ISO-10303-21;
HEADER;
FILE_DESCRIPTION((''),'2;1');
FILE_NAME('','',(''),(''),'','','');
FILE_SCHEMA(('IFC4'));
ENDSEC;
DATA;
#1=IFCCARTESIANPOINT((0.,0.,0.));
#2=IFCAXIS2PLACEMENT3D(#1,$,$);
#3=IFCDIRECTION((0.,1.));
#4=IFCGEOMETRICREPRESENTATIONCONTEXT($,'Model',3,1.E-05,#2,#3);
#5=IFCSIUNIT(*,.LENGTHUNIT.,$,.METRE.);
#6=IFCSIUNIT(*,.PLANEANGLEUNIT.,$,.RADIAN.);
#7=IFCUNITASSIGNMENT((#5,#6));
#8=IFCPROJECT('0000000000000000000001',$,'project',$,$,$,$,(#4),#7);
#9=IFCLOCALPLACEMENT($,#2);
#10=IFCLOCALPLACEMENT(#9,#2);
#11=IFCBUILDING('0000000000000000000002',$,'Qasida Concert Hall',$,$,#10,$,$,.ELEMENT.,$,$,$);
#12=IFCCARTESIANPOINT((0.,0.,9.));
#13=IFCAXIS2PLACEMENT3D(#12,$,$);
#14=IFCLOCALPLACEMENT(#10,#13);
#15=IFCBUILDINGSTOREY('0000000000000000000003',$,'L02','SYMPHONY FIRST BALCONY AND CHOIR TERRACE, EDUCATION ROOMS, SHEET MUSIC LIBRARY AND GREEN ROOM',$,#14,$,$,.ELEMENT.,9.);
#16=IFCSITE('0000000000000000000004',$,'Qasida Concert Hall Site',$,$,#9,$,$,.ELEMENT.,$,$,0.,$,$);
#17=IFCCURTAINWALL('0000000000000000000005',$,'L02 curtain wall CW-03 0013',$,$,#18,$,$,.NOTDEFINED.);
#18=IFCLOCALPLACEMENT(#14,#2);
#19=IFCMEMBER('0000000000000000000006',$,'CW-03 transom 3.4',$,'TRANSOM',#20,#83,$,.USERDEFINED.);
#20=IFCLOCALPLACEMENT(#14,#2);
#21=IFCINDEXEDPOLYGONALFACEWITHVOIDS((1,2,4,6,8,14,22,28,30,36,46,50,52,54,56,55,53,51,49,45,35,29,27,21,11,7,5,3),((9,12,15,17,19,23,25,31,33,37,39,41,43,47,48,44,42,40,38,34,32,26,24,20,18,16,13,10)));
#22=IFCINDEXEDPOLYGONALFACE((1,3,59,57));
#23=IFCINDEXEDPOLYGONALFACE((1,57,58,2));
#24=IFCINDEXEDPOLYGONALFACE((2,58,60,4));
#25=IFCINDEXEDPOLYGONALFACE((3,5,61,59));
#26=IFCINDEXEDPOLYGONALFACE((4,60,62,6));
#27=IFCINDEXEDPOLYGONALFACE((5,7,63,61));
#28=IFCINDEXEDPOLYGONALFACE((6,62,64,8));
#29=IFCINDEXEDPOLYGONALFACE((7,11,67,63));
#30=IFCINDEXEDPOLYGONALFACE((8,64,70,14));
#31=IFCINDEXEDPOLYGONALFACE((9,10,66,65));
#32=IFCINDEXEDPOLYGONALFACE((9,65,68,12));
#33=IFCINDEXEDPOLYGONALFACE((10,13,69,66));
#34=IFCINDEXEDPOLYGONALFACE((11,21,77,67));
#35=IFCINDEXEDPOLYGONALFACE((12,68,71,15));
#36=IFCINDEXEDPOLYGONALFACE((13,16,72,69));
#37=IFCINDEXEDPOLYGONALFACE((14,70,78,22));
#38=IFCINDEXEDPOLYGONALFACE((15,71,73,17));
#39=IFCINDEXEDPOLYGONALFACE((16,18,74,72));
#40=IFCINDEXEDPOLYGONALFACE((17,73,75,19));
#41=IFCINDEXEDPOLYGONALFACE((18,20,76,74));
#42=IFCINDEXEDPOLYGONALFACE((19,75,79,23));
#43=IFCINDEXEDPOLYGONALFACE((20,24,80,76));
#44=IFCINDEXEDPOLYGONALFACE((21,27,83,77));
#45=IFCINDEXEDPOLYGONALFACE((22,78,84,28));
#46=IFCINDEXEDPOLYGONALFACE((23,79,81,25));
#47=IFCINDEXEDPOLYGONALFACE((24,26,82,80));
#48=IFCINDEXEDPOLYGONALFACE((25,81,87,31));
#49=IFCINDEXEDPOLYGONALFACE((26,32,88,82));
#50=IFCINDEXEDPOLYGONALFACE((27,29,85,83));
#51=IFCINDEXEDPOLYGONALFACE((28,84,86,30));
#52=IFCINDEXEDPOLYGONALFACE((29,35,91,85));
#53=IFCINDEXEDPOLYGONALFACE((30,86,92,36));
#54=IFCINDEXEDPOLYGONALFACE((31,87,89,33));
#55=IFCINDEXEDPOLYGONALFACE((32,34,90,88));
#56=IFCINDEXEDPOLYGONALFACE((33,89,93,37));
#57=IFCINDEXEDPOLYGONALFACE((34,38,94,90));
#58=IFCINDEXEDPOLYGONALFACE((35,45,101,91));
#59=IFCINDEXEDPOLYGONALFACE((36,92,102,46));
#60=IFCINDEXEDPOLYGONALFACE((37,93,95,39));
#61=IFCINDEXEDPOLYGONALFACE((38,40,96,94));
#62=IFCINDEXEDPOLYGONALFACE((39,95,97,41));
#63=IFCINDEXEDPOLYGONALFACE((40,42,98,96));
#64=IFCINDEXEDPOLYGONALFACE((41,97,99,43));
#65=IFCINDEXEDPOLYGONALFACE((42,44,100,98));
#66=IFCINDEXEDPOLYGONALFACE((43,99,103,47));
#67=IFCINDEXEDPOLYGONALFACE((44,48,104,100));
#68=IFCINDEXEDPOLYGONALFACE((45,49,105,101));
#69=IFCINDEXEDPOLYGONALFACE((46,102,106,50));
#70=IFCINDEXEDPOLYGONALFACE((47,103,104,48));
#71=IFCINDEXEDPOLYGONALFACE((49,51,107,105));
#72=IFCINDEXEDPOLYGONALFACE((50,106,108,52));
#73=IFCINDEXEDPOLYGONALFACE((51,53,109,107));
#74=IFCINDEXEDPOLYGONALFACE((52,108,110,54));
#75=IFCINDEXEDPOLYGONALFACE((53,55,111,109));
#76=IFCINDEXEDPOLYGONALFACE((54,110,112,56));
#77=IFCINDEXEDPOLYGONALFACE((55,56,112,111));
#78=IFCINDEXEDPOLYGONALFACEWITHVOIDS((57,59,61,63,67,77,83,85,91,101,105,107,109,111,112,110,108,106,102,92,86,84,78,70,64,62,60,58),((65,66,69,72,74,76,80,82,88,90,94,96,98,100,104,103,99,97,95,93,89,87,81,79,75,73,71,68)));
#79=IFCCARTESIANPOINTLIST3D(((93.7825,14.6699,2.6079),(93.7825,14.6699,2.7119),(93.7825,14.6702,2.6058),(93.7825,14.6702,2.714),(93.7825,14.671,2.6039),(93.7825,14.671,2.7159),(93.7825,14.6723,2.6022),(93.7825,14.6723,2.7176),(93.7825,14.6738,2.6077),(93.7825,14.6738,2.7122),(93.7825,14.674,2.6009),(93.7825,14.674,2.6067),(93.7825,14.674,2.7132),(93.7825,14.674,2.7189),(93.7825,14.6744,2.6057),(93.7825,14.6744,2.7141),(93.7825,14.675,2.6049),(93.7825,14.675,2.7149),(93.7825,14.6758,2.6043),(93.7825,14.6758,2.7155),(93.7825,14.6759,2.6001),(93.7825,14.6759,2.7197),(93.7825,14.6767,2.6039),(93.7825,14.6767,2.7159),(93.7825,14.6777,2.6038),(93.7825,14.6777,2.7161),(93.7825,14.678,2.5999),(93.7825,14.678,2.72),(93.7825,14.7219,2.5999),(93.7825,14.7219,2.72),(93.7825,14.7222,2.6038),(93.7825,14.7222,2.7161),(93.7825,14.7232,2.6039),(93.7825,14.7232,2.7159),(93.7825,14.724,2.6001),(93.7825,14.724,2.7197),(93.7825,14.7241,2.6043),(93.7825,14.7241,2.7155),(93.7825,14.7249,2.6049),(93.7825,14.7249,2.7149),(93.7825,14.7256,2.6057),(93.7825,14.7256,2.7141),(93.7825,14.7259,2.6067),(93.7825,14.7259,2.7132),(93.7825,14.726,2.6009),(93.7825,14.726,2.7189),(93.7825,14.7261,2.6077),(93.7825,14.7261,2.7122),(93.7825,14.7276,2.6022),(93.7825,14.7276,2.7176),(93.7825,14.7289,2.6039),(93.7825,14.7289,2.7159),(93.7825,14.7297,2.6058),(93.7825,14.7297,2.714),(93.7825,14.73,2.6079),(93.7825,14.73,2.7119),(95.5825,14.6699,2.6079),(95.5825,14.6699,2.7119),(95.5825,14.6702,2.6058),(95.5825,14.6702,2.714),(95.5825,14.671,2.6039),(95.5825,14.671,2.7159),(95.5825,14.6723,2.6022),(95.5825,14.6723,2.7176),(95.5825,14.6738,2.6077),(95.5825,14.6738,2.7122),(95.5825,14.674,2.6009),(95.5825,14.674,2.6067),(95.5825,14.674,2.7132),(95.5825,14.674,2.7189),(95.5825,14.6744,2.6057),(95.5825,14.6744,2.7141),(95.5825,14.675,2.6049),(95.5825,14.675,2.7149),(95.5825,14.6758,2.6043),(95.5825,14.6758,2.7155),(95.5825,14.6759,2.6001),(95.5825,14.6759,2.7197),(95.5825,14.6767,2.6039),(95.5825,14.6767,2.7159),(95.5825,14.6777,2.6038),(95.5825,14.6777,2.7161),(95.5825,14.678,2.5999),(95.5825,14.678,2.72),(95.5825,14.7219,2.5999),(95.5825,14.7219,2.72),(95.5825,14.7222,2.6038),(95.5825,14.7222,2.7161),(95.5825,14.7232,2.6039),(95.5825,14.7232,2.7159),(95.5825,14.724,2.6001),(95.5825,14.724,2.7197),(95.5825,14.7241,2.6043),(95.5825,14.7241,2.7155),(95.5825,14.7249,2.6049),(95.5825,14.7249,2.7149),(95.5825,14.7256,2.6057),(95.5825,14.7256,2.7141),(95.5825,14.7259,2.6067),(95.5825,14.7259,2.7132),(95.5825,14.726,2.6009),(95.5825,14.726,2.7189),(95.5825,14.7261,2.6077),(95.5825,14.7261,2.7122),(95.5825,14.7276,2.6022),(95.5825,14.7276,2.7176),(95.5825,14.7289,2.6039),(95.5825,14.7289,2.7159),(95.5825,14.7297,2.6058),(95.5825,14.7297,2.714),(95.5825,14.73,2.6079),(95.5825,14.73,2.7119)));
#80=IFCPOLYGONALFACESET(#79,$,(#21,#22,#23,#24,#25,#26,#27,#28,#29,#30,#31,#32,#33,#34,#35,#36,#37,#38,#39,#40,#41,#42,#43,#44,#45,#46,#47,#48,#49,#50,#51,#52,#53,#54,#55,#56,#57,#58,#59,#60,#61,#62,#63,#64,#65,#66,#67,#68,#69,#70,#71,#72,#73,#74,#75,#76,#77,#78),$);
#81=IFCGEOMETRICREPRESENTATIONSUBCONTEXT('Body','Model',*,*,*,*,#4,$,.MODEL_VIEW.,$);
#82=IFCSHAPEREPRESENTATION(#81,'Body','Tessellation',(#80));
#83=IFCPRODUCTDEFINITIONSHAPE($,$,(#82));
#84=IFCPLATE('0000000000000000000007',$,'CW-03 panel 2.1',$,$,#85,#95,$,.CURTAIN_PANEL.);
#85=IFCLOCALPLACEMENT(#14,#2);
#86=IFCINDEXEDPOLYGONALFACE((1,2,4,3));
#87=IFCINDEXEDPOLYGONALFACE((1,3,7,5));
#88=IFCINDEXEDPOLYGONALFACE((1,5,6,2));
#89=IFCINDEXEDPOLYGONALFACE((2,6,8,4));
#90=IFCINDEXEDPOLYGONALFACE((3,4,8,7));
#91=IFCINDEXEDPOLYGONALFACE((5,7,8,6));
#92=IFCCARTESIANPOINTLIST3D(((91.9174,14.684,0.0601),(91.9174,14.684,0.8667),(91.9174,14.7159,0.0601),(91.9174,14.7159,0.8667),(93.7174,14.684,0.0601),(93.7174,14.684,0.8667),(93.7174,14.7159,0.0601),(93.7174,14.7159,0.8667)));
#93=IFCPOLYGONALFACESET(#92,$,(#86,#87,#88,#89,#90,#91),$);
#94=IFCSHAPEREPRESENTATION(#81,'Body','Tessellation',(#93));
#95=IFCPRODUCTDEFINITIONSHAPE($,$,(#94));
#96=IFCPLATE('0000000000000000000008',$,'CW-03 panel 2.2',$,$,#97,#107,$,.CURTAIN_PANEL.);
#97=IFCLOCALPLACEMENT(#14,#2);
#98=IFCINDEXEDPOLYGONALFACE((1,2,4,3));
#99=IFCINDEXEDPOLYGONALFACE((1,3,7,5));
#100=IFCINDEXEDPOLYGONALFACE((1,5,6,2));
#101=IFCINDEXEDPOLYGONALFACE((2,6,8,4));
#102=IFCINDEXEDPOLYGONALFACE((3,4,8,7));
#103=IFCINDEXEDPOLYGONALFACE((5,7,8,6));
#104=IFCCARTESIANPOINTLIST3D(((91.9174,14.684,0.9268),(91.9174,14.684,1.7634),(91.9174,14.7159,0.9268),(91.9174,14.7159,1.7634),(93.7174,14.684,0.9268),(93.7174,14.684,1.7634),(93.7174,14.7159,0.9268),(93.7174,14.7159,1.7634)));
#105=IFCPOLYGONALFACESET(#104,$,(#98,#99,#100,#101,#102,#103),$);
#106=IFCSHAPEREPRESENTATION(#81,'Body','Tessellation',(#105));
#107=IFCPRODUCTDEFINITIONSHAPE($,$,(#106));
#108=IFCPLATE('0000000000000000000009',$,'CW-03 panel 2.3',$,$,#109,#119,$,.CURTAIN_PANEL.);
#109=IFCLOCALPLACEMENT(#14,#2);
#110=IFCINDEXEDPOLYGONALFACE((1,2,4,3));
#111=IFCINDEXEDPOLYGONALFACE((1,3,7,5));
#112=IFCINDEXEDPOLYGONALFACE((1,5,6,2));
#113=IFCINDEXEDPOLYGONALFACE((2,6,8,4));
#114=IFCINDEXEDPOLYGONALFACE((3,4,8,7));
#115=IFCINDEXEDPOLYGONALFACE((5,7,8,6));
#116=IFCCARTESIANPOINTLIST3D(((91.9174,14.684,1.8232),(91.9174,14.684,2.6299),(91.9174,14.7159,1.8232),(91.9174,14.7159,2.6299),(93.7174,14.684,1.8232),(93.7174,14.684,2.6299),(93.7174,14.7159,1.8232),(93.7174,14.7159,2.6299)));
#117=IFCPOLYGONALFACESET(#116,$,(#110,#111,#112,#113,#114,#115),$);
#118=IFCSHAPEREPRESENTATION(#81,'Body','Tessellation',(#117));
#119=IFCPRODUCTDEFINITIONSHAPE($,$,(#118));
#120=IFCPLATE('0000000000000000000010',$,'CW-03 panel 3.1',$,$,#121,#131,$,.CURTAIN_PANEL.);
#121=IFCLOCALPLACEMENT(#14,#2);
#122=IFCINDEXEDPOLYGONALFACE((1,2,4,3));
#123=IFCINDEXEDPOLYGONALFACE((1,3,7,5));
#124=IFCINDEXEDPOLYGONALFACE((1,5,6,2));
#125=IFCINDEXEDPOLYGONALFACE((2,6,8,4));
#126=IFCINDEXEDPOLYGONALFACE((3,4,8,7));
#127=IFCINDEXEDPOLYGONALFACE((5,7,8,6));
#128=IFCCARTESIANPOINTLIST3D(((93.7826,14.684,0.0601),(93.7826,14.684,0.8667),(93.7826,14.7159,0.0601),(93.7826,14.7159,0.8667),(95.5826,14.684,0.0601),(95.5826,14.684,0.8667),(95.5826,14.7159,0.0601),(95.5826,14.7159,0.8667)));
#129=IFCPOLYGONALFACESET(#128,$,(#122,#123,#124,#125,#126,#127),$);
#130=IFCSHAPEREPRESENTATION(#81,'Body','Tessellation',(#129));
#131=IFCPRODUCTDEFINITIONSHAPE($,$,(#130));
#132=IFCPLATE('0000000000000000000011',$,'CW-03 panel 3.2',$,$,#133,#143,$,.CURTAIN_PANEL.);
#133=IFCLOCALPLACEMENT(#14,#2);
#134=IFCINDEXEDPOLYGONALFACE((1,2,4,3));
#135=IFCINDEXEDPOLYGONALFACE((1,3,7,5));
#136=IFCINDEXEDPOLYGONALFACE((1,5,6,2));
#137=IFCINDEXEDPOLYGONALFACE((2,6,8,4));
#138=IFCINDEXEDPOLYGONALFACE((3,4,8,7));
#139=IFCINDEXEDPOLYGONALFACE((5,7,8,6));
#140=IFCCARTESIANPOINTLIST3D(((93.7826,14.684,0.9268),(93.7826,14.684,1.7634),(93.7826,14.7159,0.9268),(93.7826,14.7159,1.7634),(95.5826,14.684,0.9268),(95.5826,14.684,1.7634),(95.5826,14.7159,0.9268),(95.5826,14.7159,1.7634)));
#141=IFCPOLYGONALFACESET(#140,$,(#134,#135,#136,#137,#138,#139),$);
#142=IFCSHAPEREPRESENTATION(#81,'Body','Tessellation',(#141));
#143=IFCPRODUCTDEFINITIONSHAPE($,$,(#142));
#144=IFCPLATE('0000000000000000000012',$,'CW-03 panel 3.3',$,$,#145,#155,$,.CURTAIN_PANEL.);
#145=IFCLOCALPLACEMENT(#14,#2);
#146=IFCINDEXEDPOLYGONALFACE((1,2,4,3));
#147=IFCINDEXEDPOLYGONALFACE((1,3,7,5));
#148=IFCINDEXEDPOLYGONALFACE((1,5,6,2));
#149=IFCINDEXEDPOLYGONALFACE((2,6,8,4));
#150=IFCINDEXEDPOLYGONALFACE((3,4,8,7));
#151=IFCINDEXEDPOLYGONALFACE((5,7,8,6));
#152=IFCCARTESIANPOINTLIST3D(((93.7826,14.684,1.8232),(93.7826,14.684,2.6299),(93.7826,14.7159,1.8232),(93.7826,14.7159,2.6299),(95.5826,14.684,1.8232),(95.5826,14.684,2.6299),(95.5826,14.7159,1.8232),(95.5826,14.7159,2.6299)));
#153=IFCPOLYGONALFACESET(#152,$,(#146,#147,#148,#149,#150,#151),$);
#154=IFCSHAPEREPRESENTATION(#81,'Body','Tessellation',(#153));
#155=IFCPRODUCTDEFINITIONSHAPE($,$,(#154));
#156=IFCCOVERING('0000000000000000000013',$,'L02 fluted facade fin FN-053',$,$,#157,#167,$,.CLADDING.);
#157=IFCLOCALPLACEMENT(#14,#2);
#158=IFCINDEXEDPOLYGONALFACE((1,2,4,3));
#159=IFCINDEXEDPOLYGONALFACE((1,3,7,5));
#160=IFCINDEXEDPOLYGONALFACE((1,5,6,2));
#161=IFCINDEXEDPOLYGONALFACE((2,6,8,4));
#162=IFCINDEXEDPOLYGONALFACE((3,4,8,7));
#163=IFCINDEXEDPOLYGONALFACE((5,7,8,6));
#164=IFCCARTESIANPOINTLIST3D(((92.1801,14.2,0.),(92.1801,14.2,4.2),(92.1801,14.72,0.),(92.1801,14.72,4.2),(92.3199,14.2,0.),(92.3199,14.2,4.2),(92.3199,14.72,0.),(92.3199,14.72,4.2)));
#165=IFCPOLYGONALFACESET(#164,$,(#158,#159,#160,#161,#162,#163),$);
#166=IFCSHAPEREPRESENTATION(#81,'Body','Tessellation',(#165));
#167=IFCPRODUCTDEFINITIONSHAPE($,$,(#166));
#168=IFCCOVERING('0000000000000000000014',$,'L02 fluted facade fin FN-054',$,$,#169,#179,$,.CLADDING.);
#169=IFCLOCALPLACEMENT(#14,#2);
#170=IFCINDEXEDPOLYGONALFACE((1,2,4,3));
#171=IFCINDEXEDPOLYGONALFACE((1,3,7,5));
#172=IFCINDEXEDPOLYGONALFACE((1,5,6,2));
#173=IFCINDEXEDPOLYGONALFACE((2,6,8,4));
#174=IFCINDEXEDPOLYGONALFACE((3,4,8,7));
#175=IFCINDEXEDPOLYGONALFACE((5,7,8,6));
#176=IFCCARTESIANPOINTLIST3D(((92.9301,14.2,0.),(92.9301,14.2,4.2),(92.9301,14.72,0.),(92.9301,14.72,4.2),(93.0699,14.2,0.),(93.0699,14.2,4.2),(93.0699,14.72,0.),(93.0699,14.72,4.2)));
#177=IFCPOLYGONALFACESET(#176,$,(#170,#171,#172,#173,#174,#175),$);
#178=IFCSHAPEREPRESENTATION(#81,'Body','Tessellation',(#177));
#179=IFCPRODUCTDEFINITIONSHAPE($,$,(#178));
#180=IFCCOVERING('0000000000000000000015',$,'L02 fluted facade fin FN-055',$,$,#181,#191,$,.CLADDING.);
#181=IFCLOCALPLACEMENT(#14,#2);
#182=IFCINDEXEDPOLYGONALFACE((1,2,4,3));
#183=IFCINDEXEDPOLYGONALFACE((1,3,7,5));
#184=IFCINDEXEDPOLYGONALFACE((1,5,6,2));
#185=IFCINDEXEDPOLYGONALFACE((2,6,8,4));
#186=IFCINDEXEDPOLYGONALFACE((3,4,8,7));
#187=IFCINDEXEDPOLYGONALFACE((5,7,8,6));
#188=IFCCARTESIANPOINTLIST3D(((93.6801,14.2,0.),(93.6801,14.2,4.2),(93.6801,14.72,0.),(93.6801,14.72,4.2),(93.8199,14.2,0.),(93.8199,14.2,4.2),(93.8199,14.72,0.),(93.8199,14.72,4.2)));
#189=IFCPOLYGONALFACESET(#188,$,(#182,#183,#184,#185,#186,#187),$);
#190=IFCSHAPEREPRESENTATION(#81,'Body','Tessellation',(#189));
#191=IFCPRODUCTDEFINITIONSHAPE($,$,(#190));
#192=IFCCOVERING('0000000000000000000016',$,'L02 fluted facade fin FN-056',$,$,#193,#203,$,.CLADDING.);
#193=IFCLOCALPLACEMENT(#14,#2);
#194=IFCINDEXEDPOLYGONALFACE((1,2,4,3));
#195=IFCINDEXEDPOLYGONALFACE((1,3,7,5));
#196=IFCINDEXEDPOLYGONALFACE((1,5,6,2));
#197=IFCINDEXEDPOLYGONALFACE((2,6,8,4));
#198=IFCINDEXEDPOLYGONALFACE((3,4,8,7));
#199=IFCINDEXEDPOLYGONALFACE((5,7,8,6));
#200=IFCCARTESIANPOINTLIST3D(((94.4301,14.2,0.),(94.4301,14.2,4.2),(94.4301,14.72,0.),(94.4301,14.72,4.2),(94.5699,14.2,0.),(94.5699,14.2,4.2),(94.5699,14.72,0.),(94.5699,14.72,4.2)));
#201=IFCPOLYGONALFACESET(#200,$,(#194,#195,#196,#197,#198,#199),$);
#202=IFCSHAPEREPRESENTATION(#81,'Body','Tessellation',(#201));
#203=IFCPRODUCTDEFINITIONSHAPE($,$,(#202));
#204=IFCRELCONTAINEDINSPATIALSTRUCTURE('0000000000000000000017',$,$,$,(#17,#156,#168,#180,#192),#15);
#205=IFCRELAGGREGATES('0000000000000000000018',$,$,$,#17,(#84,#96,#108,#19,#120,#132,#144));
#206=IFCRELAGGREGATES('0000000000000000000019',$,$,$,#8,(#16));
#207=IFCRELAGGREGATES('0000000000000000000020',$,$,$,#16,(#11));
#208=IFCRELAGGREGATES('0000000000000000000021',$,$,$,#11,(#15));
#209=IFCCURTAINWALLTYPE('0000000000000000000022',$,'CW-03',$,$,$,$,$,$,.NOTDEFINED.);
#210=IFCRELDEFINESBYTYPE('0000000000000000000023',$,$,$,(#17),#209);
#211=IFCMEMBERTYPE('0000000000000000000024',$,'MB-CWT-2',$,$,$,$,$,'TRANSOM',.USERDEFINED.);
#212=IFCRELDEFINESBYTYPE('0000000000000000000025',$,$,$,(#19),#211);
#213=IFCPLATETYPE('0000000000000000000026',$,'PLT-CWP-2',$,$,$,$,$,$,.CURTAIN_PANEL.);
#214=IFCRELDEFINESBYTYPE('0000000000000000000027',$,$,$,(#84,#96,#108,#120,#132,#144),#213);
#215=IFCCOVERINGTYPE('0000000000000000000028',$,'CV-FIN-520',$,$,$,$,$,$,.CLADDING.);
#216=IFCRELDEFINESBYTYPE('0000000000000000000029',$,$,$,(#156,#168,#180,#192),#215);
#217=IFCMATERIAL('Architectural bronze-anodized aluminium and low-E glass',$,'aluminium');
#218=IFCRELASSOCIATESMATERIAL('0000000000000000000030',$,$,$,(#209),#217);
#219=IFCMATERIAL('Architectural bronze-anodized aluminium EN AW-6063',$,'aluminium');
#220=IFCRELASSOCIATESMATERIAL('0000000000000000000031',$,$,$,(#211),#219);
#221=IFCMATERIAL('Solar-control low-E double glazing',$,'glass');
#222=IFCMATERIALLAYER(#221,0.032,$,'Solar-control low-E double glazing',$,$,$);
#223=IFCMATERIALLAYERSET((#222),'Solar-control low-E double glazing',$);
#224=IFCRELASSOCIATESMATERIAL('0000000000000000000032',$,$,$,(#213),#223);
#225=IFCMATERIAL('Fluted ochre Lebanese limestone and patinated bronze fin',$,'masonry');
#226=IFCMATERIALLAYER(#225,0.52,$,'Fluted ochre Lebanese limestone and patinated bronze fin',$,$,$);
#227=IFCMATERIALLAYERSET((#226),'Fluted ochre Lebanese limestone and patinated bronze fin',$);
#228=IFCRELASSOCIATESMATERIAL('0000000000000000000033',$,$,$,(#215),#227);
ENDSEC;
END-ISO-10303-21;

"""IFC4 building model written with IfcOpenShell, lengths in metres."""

from ifc_helpers import new_model, si_unit, direction, frame, origin, origin_2d, place, context, subcontext, project, spatial, rectangle, hollow_rectangle, extrude, material, layer, layer_set, material_profile, profile_set, type_object, element, aggregate, save


model = new_model("IFC4")

# Units and contexts
model_context = context("Model", 3, precision=1e-05, world=origin(), true_north=direction((0.0, 1.0)))
body_context = subcontext(model_context, "Body", "Model", "MODEL_VIEW")
ifc_project = project(units=[si_unit("LENGTHUNIT", "METRE"), si_unit("PLANEANGLEUNIT", "RADIAN")], contexts=[model_context])

# Site, building, storey
site_placement = place(None, origin())
site = spatial("IfcSite", under=ifc_project, at=site_placement, Name="Qasida Concert Hall Site", CompositionType="ELEMENT", RefElevation=0.0)
building_placement = place(site_placement, origin())
building = spatial("IfcBuilding", under=site, at=building_placement, Name="Qasida Concert Hall", CompositionType="ELEMENT")
storey_placement = place(building_placement, frame((0.0, 0.0, 9.0)))
storey = spatial("IfcBuildingStorey", under=building, at=storey_placement, Name="L02", Description="SYMPHONY FIRST BALCONY AND CHOIR TERRACE, EDUCATION ROOMS, SHEET MUSIC LIBRARY AND GREEN ROOM", CompositionType="ELEMENT", Elevation=9.0)

# Curtain wall, member, plates
ifc_material_1 = material(Name="Architectural bronze-anodized aluminium and low-E glass", Category="aluminium")
curtain_wall_type = type_object("IfcCurtainWallType", Name="CW-03", PredefinedType="NOTDEFINED", material=ifc_material_1)
curtain_wall_placement = place(storey_placement, origin())
curtain_wall = element("IfcCurtainWall", 1, at=curtain_wall_placement, inside=storey, type_object=curtain_wall_type, Name="L02 curtain wall CW-03 0013", PredefinedType="NOTDEFINED")
ifc_material_2 = material(Name="Architectural bronze-anodized aluminium EN AW-6063", Category="aluminium")
ifc_material_profile_1 = material_profile(ifc_material_2, hollow_rectangle(XDim=0.0601, YDim=0.1201, WallThickness=0.0039, InnerFilletRadius=0.0039, OuterFilletRadius=0.0081, at=origin_2d()), Name="CWT 120x60x4")
ifc_profile_set_1 = profile_set([ifc_material_profile_1], Name="Architectural bronze-anodized aluminium EN AW-6063")
member_type_1 = type_object("IfcMemberType", Name="MB-CWT-2", ElementType="TRANSOM", PredefinedType="USERDEFINED", material=ifc_profile_set_1)
member_1_placement = place(storey_placement, frame((93.7825, 14.7, 2.6599), z_axis=(1.0, 0.0, 0.0), x_axis=(0.0, 1.0, 0.0)))
member_1 = element("IfcMember", 2, at=member_1_placement, type_object=member_type_1, Name="CW-03 transom 3.4", ObjectType="TRANSOM", PredefinedType="USERDEFINED", context=body_context, shape_type="SweptSolid", body=[
    extrude(hollow_rectangle(XDim=0.0601, YDim=0.1201, WallThickness=0.0039, InnerFilletRadius=0.0039, OuterFilletRadius=0.0081, at=origin_2d()), origin(), (0.0, 0.0, 1.0), 1.8),
])
ifc_material_3 = material(Name="Solar-control low-E double glazing", Category="glass")
ifc_layer_1 = layer(ifc_material_3, 0.032, Name="Solar-control low-E double glazing")
ifc_layer_set_1 = layer_set([ifc_layer_1], Name="Solar-control low-E double glazing")
plate_type = type_object("IfcPlateType", Name="PLT-CWP-2", PredefinedType="CURTAIN_PANEL", material=ifc_layer_set_1)
plate_1_placement = place(storey_placement, frame((92.8174, 14.7, 0.0601), z_axis=(0.0, 0.0, 1.0), x_axis=(1.0, 0.0, 0.0)))
plate_1 = element("IfcPlate", 3, at=plate_1_placement, type_object=plate_type, Name="CW-03 panel 2.1", PredefinedType="CURTAIN_PANEL", context=body_context, shape_type="SweptSolid", body=[
    extrude(rectangle(XDim=1.8, YDim=0.032, at=origin_2d()), origin(), (0.0, 0.0, 1.0), 0.8066),
])
plate_2_placement = place(storey_placement, frame((92.8174, 14.7, 0.9268), z_axis=(0.0, 0.0, 1.0), x_axis=(1.0, 0.0, 0.0)))
plate_2 = element("IfcPlate", 4, at=plate_2_placement, type_object=plate_type, Name="CW-03 panel 2.2", PredefinedType="CURTAIN_PANEL", context=body_context, shape_type="SweptSolid", body=[
    extrude(rectangle(XDim=1.8, YDim=0.032, at=origin_2d()), origin(), (0.0, 0.0, 1.0), 0.8367),
])
plate_3_placement = place(storey_placement, frame((92.8174, 14.7, 1.8232), z_axis=(0.0, 0.0, 1.0), x_axis=(1.0, 0.0, 0.0)))
plate_3 = element("IfcPlate", 5, at=plate_3_placement, type_object=plate_type, Name="CW-03 panel 2.3", PredefinedType="CURTAIN_PANEL", context=body_context, shape_type="SweptSolid", body=[
    extrude(rectangle(XDim=1.8, YDim=0.032, at=origin_2d()), origin(), (0.0, 0.0, 1.0), 0.8066),
])
plate_4_placement = place(storey_placement, frame((94.6826, 14.7, 0.0601), z_axis=(0.0, 0.0, 1.0), x_axis=(1.0, 0.0, 0.0)))
plate_4 = element("IfcPlate", 6, at=plate_4_placement, type_object=plate_type, Name="CW-03 panel 3.1", PredefinedType="CURTAIN_PANEL", context=body_context, shape_type="SweptSolid", body=[
    extrude(rectangle(XDim=1.8, YDim=0.032, at=origin_2d()), origin(), (0.0, 0.0, 1.0), 0.8066),
])
plate_5_placement = place(storey_placement, frame((94.6826, 14.7, 0.9268), z_axis=(0.0, 0.0, 1.0), x_axis=(1.0, 0.0, 0.0)))
plate_5 = element("IfcPlate", 7, at=plate_5_placement, type_object=plate_type, Name="CW-03 panel 3.2", PredefinedType="CURTAIN_PANEL", context=body_context, shape_type="SweptSolid", body=[
    extrude(rectangle(XDim=1.8, YDim=0.032, at=origin_2d()), origin(), (0.0, 0.0, 1.0), 0.8367),
])
plate_6_placement = place(storey_placement, frame((94.6826, 14.7, 1.8232), z_axis=(0.0, 0.0, 1.0), x_axis=(1.0, 0.0, 0.0)))
plate_6 = element("IfcPlate", 8, at=plate_6_placement, type_object=plate_type, Name="CW-03 panel 3.3", PredefinedType="CURTAIN_PANEL", context=body_context, shape_type="SweptSolid", body=[
    extrude(rectangle(XDim=1.8, YDim=0.032, at=origin_2d()), origin(), (0.0, 0.0, 1.0), 0.8066),
])
aggregate(curtain_wall, [plate_1, plate_2, plate_3, member_1, plate_4, plate_5, plate_6])

# Coverings
ifc_material_4 = material(Name="Fluted ochre Lebanese limestone and patinated bronze fin", Category="masonry")
ifc_layer_2 = layer(ifc_material_4, 0.52, Name="Fluted ochre Lebanese limestone and patinated bronze fin")
ifc_layer_set_2 = layer_set([ifc_layer_2], Name="Fluted ochre Lebanese limestone and patinated bronze fin")
covering_type = type_object("IfcCoveringType", Name="CV-FIN-520", PredefinedType="CLADDING", material=ifc_layer_set_2)
for number, where, z_axis, x_axis, name in (
    (9, (92.25, 14.46, 0.0), (0.0, 0.0, 1.0), (1.0, 0.0, 0.0), "L02 fluted facade fin FN-053"),
    (10, (93.0, 14.46, 0.0), (0.0, 0.0, 1.0), (1.0, 0.0, 0.0), "L02 fluted facade fin FN-054"),
    (11, (93.75, 14.46, 0.0), (0.0, 0.0, 1.0), (1.0, 0.0, 0.0), "L02 fluted facade fin FN-055"),
    (12, (94.5, 14.46, 0.0), (0.0, 0.0, 1.0), (1.0, 0.0, 0.0), "L02 fluted facade fin FN-056"),
):
    element("IfcCovering", number, at=place(storey_placement, frame(where, z_axis=z_axis, x_axis=x_axis)), inside=storey, type_object=covering_type, Name=name, PredefinedType="CLADDING", context=body_context, shape_type="SweptSolid", body=[
        extrude(rectangle(XDim=0.1399, YDim=0.52, at=origin_2d()), origin(), (0.0, 0.0, 1.0), 4.2),
    ])

save(model, "model.ifc")
